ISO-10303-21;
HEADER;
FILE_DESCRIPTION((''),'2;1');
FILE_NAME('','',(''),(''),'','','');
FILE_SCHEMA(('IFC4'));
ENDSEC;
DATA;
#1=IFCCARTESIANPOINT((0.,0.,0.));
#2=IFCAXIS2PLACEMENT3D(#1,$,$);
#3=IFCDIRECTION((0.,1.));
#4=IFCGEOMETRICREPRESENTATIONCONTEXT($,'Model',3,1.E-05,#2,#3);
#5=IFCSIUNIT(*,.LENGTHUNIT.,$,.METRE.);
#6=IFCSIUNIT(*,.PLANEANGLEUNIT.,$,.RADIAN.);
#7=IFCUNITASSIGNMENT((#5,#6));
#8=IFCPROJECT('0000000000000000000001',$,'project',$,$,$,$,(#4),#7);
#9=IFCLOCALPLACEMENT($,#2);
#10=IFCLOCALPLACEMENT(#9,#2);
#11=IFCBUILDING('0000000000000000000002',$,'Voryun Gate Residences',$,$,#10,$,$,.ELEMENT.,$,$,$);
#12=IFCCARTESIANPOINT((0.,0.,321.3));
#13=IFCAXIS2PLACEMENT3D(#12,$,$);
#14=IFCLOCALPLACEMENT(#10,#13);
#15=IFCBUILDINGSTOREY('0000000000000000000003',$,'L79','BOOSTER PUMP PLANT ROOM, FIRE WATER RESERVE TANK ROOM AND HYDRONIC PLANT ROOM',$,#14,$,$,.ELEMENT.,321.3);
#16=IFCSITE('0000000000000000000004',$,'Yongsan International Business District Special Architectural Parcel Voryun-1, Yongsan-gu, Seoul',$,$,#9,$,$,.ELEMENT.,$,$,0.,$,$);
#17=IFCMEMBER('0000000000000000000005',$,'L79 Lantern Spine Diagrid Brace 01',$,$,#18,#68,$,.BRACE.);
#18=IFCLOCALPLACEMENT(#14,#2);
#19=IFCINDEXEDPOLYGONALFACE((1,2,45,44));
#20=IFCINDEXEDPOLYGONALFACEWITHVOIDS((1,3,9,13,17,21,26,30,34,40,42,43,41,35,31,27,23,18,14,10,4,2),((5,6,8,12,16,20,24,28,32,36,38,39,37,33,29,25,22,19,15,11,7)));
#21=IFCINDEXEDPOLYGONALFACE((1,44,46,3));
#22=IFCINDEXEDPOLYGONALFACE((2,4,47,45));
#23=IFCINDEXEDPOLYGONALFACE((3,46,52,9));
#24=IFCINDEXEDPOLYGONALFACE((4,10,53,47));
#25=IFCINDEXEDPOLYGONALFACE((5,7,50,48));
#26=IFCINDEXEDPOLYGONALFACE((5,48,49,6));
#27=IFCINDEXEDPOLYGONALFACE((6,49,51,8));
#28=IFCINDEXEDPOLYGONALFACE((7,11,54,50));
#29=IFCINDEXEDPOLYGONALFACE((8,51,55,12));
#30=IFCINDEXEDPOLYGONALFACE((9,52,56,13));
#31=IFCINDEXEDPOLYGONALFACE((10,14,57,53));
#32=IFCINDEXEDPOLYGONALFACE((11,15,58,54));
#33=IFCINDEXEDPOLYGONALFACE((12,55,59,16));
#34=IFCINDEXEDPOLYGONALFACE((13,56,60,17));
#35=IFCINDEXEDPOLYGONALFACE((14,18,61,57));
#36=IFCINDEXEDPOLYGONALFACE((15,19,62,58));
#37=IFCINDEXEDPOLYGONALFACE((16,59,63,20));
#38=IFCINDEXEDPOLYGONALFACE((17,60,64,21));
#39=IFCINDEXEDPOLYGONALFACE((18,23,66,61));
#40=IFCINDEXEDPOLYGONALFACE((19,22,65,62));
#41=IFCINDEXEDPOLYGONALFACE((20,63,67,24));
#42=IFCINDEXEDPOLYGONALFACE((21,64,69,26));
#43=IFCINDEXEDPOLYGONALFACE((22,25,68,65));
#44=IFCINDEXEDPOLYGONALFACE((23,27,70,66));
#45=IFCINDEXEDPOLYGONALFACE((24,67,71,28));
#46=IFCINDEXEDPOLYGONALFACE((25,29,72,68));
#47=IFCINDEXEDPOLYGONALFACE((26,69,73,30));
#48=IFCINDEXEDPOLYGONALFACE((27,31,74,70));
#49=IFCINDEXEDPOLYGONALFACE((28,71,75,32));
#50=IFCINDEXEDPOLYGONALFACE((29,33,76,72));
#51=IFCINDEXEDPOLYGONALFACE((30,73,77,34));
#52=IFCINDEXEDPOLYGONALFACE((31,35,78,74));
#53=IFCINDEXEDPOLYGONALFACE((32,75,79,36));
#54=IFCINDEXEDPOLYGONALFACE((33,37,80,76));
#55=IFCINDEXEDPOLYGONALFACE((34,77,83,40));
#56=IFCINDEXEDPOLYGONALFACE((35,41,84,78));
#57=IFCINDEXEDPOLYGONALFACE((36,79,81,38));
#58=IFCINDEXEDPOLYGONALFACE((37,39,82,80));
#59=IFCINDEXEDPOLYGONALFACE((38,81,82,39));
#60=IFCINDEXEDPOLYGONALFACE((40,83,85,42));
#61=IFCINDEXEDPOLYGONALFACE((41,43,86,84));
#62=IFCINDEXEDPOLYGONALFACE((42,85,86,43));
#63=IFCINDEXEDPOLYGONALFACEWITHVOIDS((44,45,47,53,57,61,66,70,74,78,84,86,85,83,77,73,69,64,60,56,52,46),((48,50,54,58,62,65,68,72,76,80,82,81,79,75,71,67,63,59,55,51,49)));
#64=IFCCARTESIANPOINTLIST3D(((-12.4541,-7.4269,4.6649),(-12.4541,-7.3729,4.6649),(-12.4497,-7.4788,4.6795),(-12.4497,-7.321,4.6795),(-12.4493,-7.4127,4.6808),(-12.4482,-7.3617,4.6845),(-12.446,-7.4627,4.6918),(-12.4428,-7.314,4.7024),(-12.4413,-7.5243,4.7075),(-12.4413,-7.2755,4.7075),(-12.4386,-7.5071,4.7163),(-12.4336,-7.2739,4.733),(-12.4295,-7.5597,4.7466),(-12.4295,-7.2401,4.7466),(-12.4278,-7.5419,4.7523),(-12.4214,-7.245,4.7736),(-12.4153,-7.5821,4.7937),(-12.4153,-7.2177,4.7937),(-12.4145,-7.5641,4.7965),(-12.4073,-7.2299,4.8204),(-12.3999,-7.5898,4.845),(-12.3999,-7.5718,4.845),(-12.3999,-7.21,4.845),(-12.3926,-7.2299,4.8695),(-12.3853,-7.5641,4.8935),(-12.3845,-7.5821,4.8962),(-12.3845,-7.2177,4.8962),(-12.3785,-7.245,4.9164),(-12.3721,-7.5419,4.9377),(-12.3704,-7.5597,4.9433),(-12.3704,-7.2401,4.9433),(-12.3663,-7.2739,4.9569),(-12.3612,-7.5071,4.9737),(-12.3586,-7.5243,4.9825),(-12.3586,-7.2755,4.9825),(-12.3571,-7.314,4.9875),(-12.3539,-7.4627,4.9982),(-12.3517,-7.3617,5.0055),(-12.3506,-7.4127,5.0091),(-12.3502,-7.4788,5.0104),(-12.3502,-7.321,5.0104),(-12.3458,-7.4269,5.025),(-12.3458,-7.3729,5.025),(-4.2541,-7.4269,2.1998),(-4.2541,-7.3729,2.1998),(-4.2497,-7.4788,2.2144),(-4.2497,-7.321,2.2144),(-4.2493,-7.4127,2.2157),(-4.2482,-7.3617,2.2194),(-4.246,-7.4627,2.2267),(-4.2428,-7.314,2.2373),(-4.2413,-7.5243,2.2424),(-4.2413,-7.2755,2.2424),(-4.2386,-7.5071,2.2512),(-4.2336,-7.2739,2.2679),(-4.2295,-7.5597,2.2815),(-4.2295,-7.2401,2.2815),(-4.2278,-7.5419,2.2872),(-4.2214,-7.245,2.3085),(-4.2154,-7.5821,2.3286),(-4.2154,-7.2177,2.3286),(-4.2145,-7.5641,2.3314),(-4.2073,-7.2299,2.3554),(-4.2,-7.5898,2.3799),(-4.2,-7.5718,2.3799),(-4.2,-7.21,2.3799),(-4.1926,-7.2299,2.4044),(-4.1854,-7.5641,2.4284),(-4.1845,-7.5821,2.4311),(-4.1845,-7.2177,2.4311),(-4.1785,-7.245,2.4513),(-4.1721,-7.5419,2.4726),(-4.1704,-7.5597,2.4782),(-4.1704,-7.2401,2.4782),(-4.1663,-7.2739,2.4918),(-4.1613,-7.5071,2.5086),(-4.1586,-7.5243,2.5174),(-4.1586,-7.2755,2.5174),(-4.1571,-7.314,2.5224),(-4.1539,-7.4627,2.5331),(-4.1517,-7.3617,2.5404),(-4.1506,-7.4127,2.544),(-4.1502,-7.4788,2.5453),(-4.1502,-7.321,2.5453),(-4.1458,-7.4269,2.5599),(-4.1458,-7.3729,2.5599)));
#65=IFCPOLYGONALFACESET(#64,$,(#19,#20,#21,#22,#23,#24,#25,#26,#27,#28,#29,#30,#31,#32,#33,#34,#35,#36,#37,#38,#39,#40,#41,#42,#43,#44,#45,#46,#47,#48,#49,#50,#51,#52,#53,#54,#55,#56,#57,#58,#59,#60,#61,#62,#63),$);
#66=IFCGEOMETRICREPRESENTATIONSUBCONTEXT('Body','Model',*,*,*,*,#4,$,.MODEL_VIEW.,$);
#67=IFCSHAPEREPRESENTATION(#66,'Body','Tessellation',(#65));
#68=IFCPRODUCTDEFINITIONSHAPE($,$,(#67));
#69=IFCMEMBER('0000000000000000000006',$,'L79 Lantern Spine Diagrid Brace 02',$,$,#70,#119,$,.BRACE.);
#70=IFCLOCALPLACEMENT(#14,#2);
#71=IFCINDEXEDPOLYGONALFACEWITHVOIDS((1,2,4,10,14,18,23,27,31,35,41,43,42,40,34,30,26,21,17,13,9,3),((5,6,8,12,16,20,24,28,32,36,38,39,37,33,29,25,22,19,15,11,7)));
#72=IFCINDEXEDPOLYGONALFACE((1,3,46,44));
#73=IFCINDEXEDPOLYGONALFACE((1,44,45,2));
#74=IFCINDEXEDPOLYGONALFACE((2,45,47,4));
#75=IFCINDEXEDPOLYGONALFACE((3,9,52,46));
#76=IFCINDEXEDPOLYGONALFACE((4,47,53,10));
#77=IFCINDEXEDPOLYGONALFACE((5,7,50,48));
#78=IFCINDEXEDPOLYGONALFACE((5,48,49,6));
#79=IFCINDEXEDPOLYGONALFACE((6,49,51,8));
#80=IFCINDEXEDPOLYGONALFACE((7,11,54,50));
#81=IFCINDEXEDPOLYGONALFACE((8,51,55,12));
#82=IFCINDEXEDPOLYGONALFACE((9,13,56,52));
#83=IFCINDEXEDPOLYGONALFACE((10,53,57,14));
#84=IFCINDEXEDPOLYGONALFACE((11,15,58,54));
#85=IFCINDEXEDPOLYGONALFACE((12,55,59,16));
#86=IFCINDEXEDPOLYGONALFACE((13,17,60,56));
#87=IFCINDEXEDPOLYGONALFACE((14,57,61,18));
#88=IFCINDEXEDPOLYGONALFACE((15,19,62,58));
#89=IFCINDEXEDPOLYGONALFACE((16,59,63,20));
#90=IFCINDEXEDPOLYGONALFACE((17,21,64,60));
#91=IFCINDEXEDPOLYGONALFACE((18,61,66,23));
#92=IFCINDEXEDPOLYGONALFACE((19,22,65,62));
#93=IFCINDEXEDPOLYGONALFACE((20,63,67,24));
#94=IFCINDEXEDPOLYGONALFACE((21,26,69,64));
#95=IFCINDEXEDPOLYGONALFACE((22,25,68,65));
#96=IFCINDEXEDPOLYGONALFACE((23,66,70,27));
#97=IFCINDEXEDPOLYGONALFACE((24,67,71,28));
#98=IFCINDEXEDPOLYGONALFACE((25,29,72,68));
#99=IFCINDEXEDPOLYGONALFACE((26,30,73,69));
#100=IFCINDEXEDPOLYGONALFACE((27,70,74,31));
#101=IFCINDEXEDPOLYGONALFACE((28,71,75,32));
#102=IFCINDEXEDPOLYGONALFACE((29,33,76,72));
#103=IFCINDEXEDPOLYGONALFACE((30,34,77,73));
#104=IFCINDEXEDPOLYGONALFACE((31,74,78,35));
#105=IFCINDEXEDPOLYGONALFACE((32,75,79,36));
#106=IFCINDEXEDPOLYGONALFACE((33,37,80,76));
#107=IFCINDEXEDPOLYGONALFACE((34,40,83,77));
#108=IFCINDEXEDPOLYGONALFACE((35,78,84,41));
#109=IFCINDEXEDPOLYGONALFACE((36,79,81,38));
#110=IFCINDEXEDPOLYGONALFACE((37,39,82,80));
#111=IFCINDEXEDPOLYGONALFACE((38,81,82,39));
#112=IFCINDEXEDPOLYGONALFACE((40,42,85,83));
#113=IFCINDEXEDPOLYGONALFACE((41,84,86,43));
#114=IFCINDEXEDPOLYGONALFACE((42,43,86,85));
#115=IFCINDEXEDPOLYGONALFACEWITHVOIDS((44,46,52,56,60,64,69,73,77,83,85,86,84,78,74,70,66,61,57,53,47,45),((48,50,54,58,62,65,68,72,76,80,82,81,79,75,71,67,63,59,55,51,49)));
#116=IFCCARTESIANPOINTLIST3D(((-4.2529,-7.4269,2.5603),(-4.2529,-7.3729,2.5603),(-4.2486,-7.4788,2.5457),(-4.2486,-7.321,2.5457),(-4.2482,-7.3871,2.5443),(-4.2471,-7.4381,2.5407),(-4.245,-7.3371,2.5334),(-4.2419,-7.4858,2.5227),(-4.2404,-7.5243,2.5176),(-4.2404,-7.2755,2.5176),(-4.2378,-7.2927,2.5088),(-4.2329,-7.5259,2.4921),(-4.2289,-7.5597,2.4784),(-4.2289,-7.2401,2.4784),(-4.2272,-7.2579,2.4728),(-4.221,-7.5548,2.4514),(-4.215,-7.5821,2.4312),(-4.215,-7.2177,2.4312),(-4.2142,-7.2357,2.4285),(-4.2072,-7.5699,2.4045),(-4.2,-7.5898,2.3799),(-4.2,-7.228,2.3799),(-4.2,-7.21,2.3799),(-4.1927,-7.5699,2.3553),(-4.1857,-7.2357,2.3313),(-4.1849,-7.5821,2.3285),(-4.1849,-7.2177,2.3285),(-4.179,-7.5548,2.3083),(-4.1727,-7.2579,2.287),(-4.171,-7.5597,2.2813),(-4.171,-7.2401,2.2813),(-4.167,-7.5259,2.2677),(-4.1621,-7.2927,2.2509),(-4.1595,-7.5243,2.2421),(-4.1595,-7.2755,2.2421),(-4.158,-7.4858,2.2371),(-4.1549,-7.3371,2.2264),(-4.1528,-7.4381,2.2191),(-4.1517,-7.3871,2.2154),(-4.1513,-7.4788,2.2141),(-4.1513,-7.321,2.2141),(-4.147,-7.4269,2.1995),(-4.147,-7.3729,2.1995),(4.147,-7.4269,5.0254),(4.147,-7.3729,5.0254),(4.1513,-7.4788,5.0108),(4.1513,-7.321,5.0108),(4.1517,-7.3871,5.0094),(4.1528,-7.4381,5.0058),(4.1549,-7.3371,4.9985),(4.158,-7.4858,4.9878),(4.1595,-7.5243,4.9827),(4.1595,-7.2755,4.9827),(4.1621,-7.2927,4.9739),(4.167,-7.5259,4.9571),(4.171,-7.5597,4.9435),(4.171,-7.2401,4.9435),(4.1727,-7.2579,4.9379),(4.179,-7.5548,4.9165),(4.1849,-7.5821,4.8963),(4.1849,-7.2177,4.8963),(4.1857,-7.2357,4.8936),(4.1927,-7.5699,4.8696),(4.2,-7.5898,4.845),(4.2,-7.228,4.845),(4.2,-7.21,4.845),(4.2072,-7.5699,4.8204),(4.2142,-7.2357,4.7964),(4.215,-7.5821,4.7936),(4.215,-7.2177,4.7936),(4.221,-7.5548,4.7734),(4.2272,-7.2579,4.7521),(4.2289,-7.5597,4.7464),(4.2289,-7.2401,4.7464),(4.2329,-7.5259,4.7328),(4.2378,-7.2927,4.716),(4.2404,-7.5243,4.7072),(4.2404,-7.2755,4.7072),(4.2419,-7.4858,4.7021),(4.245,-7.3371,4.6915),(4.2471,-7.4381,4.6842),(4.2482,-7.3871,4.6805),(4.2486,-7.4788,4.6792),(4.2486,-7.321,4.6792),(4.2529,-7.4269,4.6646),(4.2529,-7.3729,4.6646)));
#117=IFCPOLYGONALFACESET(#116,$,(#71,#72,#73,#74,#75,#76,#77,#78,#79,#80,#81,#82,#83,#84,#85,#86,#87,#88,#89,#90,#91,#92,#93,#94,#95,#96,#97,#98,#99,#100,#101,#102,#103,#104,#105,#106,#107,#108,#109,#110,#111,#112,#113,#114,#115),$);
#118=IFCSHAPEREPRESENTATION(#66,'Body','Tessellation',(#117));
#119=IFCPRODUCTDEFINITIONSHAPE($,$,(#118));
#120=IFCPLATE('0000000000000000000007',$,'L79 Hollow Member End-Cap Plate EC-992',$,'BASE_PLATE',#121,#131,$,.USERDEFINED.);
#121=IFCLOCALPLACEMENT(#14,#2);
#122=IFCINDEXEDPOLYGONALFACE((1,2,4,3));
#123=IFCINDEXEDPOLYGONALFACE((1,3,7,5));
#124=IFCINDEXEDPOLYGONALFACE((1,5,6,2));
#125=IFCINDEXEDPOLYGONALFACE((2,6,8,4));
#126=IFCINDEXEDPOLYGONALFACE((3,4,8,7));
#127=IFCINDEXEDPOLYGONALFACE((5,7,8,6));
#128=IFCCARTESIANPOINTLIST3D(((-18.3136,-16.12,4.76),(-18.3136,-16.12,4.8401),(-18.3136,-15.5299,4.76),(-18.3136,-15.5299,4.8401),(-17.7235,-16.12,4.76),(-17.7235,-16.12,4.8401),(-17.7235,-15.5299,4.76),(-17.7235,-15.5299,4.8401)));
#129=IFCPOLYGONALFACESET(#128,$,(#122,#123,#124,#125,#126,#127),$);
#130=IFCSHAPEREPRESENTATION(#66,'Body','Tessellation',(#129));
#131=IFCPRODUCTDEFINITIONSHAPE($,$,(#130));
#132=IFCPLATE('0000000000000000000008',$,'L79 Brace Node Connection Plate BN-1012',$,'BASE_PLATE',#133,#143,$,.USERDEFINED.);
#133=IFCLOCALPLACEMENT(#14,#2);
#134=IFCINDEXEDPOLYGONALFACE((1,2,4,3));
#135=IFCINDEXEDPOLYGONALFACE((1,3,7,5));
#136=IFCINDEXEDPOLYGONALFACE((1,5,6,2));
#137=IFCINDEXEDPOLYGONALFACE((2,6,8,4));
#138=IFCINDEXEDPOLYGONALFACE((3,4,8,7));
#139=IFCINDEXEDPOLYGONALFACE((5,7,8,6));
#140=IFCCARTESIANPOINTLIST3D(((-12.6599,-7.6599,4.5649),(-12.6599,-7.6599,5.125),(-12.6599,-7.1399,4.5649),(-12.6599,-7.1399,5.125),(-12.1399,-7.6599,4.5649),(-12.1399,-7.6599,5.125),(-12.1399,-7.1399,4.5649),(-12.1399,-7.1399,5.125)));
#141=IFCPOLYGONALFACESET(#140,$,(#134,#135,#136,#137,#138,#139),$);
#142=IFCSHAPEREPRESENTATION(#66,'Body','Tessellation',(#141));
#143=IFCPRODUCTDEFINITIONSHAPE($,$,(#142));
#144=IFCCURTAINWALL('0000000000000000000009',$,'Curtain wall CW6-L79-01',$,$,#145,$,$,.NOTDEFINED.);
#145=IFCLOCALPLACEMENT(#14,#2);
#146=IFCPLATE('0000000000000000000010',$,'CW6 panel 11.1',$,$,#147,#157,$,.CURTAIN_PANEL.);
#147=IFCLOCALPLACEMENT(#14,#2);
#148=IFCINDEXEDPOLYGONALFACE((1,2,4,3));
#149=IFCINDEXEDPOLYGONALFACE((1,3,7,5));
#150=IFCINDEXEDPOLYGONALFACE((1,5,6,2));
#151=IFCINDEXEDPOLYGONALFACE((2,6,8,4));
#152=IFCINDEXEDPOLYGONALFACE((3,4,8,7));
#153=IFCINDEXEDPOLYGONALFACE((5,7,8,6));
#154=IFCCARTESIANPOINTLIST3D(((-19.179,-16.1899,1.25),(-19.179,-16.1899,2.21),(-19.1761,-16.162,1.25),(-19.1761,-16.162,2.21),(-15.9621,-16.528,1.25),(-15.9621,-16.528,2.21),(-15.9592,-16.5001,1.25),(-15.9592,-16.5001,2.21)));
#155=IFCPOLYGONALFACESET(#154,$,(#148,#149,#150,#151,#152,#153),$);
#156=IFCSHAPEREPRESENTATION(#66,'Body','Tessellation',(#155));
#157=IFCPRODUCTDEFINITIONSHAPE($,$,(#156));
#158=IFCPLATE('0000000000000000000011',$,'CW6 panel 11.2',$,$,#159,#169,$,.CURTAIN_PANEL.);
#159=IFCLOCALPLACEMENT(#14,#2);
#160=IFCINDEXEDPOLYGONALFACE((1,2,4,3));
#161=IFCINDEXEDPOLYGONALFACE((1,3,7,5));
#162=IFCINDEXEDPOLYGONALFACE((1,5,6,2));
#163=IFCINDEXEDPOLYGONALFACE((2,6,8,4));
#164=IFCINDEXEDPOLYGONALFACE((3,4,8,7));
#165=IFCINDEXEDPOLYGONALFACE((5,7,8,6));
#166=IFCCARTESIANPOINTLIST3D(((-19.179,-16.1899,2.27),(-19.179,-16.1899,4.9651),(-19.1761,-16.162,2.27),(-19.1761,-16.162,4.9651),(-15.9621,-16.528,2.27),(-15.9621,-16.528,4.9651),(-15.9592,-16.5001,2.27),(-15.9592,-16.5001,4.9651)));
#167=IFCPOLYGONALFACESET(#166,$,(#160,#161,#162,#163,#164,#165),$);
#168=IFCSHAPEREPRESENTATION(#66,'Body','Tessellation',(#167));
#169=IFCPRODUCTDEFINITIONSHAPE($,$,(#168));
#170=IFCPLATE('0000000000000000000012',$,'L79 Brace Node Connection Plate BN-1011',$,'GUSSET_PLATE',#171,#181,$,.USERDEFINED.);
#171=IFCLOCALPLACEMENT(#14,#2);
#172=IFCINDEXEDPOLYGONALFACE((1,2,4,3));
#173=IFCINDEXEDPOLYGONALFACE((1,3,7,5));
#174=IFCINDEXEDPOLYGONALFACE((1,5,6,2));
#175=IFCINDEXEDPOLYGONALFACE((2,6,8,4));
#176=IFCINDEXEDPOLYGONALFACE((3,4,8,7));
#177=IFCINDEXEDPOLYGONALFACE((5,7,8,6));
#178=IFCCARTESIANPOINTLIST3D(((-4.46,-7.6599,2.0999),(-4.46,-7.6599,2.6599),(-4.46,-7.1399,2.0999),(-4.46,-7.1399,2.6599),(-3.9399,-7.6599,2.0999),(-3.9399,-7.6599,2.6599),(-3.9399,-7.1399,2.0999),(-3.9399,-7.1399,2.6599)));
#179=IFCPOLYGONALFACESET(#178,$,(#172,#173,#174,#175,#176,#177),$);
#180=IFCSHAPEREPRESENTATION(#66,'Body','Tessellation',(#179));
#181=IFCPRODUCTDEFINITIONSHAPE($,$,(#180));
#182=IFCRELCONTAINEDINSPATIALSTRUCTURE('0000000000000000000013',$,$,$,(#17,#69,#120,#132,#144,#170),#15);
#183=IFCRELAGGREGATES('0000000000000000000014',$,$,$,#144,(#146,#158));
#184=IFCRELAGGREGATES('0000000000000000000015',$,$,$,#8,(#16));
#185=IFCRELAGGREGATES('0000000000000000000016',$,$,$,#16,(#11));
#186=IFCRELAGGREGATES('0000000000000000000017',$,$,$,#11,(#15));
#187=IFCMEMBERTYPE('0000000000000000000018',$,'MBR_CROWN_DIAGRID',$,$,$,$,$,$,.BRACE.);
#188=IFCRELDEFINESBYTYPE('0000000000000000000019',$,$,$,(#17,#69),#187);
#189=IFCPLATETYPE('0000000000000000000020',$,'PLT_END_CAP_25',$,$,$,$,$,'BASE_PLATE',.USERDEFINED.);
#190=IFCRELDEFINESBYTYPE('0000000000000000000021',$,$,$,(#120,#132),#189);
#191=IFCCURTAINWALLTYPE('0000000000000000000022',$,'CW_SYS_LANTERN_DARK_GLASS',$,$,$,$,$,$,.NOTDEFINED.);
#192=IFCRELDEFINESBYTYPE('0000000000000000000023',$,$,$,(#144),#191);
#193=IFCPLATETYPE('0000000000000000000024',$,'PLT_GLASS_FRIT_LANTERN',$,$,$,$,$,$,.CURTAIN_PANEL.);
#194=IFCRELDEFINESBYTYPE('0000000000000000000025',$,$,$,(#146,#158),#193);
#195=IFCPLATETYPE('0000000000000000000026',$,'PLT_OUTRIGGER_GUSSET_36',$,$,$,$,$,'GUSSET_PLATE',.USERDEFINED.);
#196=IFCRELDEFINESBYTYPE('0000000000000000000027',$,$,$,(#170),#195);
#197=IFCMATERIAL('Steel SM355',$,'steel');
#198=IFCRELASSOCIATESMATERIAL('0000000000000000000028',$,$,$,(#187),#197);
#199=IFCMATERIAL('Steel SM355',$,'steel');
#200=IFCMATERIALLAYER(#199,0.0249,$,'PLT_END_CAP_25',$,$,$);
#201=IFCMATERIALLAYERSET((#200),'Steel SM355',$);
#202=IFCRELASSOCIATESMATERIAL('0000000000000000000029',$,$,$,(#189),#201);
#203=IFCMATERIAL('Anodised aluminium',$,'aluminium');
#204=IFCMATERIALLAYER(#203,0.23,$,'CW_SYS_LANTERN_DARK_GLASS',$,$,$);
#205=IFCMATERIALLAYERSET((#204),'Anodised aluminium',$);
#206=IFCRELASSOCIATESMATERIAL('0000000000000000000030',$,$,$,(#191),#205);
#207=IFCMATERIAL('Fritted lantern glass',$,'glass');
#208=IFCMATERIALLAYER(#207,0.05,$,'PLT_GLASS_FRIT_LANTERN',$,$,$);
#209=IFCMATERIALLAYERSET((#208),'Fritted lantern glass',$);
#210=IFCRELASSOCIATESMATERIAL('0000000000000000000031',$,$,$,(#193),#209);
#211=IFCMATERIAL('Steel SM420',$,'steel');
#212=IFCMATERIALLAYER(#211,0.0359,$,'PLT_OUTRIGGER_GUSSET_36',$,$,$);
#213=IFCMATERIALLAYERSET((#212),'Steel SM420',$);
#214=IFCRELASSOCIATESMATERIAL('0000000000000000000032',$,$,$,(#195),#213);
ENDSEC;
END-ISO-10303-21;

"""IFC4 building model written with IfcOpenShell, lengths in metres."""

from ifc_helpers import new_model, si_unit, direction, frame, origin, origin_2d, place, context, subcontext, project, spatial, rectangle, hollow_circle, extrude, material, layer, layer_set, material_profile, profile_set, type_object, element, aggregate, save


model = new_model("IFC4")

# Units and contexts
model_context = context("Model", 3, precision=1e-05, world=origin(), true_north=direction((0.0, 1.0)))
body_context = subcontext(model_context, "Body", "Model", "MODEL_VIEW")
ifc_project = project(units=[si_unit("LENGTHUNIT", "METRE"), si_unit("PLANEANGLEUNIT", "RADIAN")], contexts=[model_context])

# Site, building, storey
site_placement = place(None, origin())
site = spatial("IfcSite", under=ifc_project, at=site_placement, Name="Yongsan International Business District Special Architectural Parcel Voryun-1, Yongsan-gu, Seoul", CompositionType="ELEMENT", RefElevation=0.0)
building_placement = place(site_placement, origin())
building = spatial("IfcBuilding", under=site, at=building_placement, Name="Voryun Gate Residences", CompositionType="ELEMENT")
storey_placement = place(building_placement, frame((0.0, 0.0, 321.3)))
storey = spatial("IfcBuildingStorey", under=building, at=storey_placement, Name="L79", Description="BOOSTER PUMP PLANT ROOM, FIRE WATER RESERVE TANK ROOM AND HYDRONIC PLANT ROOM", CompositionType="ELEMENT", Elevation=321.3)

# Members
ifc_material_1 = material(Name="Steel SM355", Category="steel")
ifc_material_profile_1 = material_profile(ifc_material_1, hollow_circle(Radius=0.1899, WallThickness=0.0181, at=origin_2d()), Name="CHS-380x18")
ifc_profile_set_1 = profile_set([ifc_material_profile_1], Name="Steel SM355")
member_type = type_object("IfcMemberType", Name="MBR_CROWN_DIAGRID", PredefinedType="BRACE", material=ifc_profile_set_1)
member_1_placement = place(storey_placement, frame((-4.2, -7.3999, 2.3799), z_axis=(-0.957662, 0.0, 0.287895), x_axis=(0.0, -1.0, 0.0)))
element("IfcMember", 1, at=member_1_placement, inside=storey, type_object=member_type, Name="L79 Lantern Spine Diagrid Brace 01", PredefinedType="BRACE", context=body_context, shape_type="SweptSolid", body=[
    extrude(hollow_circle(Radius=0.1899, WallThickness=0.0181, at=origin_2d()), origin(), (0.0, 0.0, 1.0), 8.5625),
])
member_2_placement = place(storey_placement, frame((-4.2, -7.3999, 2.3799), z_axis=(0.959535, 0.0, 0.281591), x_axis=(0.0, 1.0, 0.0)))
element("IfcMember", 2, at=member_2_placement, inside=storey, type_object=member_type, Name="L79 Lantern Spine Diagrid Brace 02", PredefinedType="BRACE", context=body_context, shape_type="SweptSolid", body=[
    extrude(hollow_circle(Radius=0.1899, WallThickness=0.0181, at=origin_2d()), origin(), (0.0, 0.0, 1.0), 8.7542),
])

# Plates
ifc_material_2 = material(Name="Steel SM355", Category="steel")
ifc_layer_1 = layer(ifc_material_2, 0.0249, Name="PLT_END_CAP_25")
ifc_layer_set_1 = layer_set([ifc_layer_1], Name="Steel SM355")
plate_type_1 = type_object("IfcPlateType", Name="PLT_END_CAP_25", ElementType="BASE_PLATE", PredefinedType="USERDEFINED", material=ifc_layer_set_1)
plate_1_placement = place(storey_placement, frame((-18.0186, -15.825, 4.76), z_axis=(0.0, 0.0, 1.0), x_axis=(1.0, 0.0, 0.0)))
element("IfcPlate", 3, at=plate_1_placement, inside=storey, type_object=plate_type_1, Name="L79 Hollow Member End-Cap Plate EC-992", ObjectType="BASE_PLATE", PredefinedType="USERDEFINED", context=body_context, shape_type="SweptSolid", body=[
    extrude(rectangle(XDim=0.5901, YDim=0.5901, at=origin_2d()), origin(), (0.0, 0.0, 1.0), 0.0801),
])
plate_2_placement = place(storey_placement, frame((-12.3999, -7.3999, 4.5649), z_axis=(0.0, 0.0, 1.0), x_axis=(1.0, 0.0, 0.0)))
element("IfcPlate", 4, at=plate_2_placement, inside=storey, type_object=plate_type_1, Name="L79 Brace Node Connection Plate BN-1012", ObjectType="BASE_PLATE", PredefinedType="USERDEFINED", context=body_context, shape_type="SweptSolid", body=[
    extrude(rectangle(XDim=0.52, YDim=0.52, at=origin_2d()), origin(), (0.0, 0.0, 1.0), 0.5601),
])

# Curtain wall, plates
ifc_material_3 = material(Name="Anodised aluminium", Category="aluminium")
ifc_layer_2 = layer(ifc_material_3, 0.23, Name="CW_SYS_LANTERN_DARK_GLASS")
ifc_layer_set_2 = layer_set([ifc_layer_2], Name="Anodised aluminium")
curtain_wall_type = type_object("IfcCurtainWallType", Name="CW_SYS_LANTERN_DARK_GLASS", PredefinedType="NOTDEFINED", material=ifc_layer_set_2)
curtain_wall_placement = place(storey_placement, origin())
curtain_wall = element("IfcCurtainWall", 5, at=curtain_wall_placement, inside=storey, type_object=curtain_wall_type, Name="Curtain wall CW6-L79-01", PredefinedType="NOTDEFINED")
ifc_material_4 = material(Name="Fritted lantern glass", Category="glass")
ifc_layer_3 = layer(ifc_material_4, 0.05, Name="PLT_GLASS_FRIT_LANTERN")
ifc_layer_set_3 = layer_set([ifc_layer_3], Name="Fritted lantern glass")
plate_type_2 = type_object("IfcPlateType", Name="PLT_GLASS_FRIT_LANTERN", PredefinedType="CURTAIN_PANEL", material=ifc_layer_set_3)
plate_3_placement = place(storey_placement, frame((-17.5691, -16.345, 1.25), z_axis=(0.0, 0.0, 1.0), x_axis=(-0.994522, 0.104528, 0.0)))
plate_3 = element("IfcPlate", 6, at=plate_3_placement, type_object=plate_type_2, Name="CW6 panel 11.1", PredefinedType="CURTAIN_PANEL", context=body_context, shape_type="SweptSolid", body=[
    extrude(rectangle(XDim=3.2346, YDim=0.0281, at=origin_2d()), origin(), (0.0, 0.0, 1.0), 0.96),
])
plate_4_placement = place(storey_placement, frame((-17.5691, -16.345, 2.27), z_axis=(0.0, 0.0, 1.0), x_axis=(-0.994522, 0.104528, 0.0)))
plate_4 = element("IfcPlate", 7, at=plate_4_placement, type_object=plate_type_2, Name="CW6 panel 11.2", PredefinedType="CURTAIN_PANEL", context=body_context, shape_type="SweptSolid", body=[
    extrude(rectangle(XDim=3.2346, YDim=0.0281, at=origin_2d()), origin(), (0.0, 0.0, 1.0), 2.6951),
])
aggregate(curtain_wall, [plate_3, plate_4])

# Plate
ifc_material_5 = material(Name="Steel SM420", Category="steel")
ifc_layer_4 = layer(ifc_material_5, 0.0359, Name="PLT_OUTRIGGER_GUSSET_36")
ifc_layer_set_4 = layer_set([ifc_layer_4], Name="Steel SM420")
plate_type_3 = type_object("IfcPlateType", Name="PLT_OUTRIGGER_GUSSET_36", ElementType="GUSSET_PLATE", PredefinedType="USERDEFINED", material=ifc_layer_set_4)
plate_5_placement = place(storey_placement, frame((-4.2, -7.3999, 2.0999), z_axis=(0.0, 0.0, 1.0), x_axis=(1.0, 0.0, 0.0)))
element("IfcPlate", 8, at=plate_5_placement, inside=storey, type_object=plate_type_3, Name="L79 Brace Node Connection Plate BN-1011", ObjectType="GUSSET_PLATE", PredefinedType="USERDEFINED", context=body_context, shape_type="SweptSolid", body=[
    extrude(rectangle(XDim=0.52, YDim=0.52, at=origin_2d()), origin(), (0.0, 0.0, 1.0), 0.5601),
])

save(model, "model.ifc")
